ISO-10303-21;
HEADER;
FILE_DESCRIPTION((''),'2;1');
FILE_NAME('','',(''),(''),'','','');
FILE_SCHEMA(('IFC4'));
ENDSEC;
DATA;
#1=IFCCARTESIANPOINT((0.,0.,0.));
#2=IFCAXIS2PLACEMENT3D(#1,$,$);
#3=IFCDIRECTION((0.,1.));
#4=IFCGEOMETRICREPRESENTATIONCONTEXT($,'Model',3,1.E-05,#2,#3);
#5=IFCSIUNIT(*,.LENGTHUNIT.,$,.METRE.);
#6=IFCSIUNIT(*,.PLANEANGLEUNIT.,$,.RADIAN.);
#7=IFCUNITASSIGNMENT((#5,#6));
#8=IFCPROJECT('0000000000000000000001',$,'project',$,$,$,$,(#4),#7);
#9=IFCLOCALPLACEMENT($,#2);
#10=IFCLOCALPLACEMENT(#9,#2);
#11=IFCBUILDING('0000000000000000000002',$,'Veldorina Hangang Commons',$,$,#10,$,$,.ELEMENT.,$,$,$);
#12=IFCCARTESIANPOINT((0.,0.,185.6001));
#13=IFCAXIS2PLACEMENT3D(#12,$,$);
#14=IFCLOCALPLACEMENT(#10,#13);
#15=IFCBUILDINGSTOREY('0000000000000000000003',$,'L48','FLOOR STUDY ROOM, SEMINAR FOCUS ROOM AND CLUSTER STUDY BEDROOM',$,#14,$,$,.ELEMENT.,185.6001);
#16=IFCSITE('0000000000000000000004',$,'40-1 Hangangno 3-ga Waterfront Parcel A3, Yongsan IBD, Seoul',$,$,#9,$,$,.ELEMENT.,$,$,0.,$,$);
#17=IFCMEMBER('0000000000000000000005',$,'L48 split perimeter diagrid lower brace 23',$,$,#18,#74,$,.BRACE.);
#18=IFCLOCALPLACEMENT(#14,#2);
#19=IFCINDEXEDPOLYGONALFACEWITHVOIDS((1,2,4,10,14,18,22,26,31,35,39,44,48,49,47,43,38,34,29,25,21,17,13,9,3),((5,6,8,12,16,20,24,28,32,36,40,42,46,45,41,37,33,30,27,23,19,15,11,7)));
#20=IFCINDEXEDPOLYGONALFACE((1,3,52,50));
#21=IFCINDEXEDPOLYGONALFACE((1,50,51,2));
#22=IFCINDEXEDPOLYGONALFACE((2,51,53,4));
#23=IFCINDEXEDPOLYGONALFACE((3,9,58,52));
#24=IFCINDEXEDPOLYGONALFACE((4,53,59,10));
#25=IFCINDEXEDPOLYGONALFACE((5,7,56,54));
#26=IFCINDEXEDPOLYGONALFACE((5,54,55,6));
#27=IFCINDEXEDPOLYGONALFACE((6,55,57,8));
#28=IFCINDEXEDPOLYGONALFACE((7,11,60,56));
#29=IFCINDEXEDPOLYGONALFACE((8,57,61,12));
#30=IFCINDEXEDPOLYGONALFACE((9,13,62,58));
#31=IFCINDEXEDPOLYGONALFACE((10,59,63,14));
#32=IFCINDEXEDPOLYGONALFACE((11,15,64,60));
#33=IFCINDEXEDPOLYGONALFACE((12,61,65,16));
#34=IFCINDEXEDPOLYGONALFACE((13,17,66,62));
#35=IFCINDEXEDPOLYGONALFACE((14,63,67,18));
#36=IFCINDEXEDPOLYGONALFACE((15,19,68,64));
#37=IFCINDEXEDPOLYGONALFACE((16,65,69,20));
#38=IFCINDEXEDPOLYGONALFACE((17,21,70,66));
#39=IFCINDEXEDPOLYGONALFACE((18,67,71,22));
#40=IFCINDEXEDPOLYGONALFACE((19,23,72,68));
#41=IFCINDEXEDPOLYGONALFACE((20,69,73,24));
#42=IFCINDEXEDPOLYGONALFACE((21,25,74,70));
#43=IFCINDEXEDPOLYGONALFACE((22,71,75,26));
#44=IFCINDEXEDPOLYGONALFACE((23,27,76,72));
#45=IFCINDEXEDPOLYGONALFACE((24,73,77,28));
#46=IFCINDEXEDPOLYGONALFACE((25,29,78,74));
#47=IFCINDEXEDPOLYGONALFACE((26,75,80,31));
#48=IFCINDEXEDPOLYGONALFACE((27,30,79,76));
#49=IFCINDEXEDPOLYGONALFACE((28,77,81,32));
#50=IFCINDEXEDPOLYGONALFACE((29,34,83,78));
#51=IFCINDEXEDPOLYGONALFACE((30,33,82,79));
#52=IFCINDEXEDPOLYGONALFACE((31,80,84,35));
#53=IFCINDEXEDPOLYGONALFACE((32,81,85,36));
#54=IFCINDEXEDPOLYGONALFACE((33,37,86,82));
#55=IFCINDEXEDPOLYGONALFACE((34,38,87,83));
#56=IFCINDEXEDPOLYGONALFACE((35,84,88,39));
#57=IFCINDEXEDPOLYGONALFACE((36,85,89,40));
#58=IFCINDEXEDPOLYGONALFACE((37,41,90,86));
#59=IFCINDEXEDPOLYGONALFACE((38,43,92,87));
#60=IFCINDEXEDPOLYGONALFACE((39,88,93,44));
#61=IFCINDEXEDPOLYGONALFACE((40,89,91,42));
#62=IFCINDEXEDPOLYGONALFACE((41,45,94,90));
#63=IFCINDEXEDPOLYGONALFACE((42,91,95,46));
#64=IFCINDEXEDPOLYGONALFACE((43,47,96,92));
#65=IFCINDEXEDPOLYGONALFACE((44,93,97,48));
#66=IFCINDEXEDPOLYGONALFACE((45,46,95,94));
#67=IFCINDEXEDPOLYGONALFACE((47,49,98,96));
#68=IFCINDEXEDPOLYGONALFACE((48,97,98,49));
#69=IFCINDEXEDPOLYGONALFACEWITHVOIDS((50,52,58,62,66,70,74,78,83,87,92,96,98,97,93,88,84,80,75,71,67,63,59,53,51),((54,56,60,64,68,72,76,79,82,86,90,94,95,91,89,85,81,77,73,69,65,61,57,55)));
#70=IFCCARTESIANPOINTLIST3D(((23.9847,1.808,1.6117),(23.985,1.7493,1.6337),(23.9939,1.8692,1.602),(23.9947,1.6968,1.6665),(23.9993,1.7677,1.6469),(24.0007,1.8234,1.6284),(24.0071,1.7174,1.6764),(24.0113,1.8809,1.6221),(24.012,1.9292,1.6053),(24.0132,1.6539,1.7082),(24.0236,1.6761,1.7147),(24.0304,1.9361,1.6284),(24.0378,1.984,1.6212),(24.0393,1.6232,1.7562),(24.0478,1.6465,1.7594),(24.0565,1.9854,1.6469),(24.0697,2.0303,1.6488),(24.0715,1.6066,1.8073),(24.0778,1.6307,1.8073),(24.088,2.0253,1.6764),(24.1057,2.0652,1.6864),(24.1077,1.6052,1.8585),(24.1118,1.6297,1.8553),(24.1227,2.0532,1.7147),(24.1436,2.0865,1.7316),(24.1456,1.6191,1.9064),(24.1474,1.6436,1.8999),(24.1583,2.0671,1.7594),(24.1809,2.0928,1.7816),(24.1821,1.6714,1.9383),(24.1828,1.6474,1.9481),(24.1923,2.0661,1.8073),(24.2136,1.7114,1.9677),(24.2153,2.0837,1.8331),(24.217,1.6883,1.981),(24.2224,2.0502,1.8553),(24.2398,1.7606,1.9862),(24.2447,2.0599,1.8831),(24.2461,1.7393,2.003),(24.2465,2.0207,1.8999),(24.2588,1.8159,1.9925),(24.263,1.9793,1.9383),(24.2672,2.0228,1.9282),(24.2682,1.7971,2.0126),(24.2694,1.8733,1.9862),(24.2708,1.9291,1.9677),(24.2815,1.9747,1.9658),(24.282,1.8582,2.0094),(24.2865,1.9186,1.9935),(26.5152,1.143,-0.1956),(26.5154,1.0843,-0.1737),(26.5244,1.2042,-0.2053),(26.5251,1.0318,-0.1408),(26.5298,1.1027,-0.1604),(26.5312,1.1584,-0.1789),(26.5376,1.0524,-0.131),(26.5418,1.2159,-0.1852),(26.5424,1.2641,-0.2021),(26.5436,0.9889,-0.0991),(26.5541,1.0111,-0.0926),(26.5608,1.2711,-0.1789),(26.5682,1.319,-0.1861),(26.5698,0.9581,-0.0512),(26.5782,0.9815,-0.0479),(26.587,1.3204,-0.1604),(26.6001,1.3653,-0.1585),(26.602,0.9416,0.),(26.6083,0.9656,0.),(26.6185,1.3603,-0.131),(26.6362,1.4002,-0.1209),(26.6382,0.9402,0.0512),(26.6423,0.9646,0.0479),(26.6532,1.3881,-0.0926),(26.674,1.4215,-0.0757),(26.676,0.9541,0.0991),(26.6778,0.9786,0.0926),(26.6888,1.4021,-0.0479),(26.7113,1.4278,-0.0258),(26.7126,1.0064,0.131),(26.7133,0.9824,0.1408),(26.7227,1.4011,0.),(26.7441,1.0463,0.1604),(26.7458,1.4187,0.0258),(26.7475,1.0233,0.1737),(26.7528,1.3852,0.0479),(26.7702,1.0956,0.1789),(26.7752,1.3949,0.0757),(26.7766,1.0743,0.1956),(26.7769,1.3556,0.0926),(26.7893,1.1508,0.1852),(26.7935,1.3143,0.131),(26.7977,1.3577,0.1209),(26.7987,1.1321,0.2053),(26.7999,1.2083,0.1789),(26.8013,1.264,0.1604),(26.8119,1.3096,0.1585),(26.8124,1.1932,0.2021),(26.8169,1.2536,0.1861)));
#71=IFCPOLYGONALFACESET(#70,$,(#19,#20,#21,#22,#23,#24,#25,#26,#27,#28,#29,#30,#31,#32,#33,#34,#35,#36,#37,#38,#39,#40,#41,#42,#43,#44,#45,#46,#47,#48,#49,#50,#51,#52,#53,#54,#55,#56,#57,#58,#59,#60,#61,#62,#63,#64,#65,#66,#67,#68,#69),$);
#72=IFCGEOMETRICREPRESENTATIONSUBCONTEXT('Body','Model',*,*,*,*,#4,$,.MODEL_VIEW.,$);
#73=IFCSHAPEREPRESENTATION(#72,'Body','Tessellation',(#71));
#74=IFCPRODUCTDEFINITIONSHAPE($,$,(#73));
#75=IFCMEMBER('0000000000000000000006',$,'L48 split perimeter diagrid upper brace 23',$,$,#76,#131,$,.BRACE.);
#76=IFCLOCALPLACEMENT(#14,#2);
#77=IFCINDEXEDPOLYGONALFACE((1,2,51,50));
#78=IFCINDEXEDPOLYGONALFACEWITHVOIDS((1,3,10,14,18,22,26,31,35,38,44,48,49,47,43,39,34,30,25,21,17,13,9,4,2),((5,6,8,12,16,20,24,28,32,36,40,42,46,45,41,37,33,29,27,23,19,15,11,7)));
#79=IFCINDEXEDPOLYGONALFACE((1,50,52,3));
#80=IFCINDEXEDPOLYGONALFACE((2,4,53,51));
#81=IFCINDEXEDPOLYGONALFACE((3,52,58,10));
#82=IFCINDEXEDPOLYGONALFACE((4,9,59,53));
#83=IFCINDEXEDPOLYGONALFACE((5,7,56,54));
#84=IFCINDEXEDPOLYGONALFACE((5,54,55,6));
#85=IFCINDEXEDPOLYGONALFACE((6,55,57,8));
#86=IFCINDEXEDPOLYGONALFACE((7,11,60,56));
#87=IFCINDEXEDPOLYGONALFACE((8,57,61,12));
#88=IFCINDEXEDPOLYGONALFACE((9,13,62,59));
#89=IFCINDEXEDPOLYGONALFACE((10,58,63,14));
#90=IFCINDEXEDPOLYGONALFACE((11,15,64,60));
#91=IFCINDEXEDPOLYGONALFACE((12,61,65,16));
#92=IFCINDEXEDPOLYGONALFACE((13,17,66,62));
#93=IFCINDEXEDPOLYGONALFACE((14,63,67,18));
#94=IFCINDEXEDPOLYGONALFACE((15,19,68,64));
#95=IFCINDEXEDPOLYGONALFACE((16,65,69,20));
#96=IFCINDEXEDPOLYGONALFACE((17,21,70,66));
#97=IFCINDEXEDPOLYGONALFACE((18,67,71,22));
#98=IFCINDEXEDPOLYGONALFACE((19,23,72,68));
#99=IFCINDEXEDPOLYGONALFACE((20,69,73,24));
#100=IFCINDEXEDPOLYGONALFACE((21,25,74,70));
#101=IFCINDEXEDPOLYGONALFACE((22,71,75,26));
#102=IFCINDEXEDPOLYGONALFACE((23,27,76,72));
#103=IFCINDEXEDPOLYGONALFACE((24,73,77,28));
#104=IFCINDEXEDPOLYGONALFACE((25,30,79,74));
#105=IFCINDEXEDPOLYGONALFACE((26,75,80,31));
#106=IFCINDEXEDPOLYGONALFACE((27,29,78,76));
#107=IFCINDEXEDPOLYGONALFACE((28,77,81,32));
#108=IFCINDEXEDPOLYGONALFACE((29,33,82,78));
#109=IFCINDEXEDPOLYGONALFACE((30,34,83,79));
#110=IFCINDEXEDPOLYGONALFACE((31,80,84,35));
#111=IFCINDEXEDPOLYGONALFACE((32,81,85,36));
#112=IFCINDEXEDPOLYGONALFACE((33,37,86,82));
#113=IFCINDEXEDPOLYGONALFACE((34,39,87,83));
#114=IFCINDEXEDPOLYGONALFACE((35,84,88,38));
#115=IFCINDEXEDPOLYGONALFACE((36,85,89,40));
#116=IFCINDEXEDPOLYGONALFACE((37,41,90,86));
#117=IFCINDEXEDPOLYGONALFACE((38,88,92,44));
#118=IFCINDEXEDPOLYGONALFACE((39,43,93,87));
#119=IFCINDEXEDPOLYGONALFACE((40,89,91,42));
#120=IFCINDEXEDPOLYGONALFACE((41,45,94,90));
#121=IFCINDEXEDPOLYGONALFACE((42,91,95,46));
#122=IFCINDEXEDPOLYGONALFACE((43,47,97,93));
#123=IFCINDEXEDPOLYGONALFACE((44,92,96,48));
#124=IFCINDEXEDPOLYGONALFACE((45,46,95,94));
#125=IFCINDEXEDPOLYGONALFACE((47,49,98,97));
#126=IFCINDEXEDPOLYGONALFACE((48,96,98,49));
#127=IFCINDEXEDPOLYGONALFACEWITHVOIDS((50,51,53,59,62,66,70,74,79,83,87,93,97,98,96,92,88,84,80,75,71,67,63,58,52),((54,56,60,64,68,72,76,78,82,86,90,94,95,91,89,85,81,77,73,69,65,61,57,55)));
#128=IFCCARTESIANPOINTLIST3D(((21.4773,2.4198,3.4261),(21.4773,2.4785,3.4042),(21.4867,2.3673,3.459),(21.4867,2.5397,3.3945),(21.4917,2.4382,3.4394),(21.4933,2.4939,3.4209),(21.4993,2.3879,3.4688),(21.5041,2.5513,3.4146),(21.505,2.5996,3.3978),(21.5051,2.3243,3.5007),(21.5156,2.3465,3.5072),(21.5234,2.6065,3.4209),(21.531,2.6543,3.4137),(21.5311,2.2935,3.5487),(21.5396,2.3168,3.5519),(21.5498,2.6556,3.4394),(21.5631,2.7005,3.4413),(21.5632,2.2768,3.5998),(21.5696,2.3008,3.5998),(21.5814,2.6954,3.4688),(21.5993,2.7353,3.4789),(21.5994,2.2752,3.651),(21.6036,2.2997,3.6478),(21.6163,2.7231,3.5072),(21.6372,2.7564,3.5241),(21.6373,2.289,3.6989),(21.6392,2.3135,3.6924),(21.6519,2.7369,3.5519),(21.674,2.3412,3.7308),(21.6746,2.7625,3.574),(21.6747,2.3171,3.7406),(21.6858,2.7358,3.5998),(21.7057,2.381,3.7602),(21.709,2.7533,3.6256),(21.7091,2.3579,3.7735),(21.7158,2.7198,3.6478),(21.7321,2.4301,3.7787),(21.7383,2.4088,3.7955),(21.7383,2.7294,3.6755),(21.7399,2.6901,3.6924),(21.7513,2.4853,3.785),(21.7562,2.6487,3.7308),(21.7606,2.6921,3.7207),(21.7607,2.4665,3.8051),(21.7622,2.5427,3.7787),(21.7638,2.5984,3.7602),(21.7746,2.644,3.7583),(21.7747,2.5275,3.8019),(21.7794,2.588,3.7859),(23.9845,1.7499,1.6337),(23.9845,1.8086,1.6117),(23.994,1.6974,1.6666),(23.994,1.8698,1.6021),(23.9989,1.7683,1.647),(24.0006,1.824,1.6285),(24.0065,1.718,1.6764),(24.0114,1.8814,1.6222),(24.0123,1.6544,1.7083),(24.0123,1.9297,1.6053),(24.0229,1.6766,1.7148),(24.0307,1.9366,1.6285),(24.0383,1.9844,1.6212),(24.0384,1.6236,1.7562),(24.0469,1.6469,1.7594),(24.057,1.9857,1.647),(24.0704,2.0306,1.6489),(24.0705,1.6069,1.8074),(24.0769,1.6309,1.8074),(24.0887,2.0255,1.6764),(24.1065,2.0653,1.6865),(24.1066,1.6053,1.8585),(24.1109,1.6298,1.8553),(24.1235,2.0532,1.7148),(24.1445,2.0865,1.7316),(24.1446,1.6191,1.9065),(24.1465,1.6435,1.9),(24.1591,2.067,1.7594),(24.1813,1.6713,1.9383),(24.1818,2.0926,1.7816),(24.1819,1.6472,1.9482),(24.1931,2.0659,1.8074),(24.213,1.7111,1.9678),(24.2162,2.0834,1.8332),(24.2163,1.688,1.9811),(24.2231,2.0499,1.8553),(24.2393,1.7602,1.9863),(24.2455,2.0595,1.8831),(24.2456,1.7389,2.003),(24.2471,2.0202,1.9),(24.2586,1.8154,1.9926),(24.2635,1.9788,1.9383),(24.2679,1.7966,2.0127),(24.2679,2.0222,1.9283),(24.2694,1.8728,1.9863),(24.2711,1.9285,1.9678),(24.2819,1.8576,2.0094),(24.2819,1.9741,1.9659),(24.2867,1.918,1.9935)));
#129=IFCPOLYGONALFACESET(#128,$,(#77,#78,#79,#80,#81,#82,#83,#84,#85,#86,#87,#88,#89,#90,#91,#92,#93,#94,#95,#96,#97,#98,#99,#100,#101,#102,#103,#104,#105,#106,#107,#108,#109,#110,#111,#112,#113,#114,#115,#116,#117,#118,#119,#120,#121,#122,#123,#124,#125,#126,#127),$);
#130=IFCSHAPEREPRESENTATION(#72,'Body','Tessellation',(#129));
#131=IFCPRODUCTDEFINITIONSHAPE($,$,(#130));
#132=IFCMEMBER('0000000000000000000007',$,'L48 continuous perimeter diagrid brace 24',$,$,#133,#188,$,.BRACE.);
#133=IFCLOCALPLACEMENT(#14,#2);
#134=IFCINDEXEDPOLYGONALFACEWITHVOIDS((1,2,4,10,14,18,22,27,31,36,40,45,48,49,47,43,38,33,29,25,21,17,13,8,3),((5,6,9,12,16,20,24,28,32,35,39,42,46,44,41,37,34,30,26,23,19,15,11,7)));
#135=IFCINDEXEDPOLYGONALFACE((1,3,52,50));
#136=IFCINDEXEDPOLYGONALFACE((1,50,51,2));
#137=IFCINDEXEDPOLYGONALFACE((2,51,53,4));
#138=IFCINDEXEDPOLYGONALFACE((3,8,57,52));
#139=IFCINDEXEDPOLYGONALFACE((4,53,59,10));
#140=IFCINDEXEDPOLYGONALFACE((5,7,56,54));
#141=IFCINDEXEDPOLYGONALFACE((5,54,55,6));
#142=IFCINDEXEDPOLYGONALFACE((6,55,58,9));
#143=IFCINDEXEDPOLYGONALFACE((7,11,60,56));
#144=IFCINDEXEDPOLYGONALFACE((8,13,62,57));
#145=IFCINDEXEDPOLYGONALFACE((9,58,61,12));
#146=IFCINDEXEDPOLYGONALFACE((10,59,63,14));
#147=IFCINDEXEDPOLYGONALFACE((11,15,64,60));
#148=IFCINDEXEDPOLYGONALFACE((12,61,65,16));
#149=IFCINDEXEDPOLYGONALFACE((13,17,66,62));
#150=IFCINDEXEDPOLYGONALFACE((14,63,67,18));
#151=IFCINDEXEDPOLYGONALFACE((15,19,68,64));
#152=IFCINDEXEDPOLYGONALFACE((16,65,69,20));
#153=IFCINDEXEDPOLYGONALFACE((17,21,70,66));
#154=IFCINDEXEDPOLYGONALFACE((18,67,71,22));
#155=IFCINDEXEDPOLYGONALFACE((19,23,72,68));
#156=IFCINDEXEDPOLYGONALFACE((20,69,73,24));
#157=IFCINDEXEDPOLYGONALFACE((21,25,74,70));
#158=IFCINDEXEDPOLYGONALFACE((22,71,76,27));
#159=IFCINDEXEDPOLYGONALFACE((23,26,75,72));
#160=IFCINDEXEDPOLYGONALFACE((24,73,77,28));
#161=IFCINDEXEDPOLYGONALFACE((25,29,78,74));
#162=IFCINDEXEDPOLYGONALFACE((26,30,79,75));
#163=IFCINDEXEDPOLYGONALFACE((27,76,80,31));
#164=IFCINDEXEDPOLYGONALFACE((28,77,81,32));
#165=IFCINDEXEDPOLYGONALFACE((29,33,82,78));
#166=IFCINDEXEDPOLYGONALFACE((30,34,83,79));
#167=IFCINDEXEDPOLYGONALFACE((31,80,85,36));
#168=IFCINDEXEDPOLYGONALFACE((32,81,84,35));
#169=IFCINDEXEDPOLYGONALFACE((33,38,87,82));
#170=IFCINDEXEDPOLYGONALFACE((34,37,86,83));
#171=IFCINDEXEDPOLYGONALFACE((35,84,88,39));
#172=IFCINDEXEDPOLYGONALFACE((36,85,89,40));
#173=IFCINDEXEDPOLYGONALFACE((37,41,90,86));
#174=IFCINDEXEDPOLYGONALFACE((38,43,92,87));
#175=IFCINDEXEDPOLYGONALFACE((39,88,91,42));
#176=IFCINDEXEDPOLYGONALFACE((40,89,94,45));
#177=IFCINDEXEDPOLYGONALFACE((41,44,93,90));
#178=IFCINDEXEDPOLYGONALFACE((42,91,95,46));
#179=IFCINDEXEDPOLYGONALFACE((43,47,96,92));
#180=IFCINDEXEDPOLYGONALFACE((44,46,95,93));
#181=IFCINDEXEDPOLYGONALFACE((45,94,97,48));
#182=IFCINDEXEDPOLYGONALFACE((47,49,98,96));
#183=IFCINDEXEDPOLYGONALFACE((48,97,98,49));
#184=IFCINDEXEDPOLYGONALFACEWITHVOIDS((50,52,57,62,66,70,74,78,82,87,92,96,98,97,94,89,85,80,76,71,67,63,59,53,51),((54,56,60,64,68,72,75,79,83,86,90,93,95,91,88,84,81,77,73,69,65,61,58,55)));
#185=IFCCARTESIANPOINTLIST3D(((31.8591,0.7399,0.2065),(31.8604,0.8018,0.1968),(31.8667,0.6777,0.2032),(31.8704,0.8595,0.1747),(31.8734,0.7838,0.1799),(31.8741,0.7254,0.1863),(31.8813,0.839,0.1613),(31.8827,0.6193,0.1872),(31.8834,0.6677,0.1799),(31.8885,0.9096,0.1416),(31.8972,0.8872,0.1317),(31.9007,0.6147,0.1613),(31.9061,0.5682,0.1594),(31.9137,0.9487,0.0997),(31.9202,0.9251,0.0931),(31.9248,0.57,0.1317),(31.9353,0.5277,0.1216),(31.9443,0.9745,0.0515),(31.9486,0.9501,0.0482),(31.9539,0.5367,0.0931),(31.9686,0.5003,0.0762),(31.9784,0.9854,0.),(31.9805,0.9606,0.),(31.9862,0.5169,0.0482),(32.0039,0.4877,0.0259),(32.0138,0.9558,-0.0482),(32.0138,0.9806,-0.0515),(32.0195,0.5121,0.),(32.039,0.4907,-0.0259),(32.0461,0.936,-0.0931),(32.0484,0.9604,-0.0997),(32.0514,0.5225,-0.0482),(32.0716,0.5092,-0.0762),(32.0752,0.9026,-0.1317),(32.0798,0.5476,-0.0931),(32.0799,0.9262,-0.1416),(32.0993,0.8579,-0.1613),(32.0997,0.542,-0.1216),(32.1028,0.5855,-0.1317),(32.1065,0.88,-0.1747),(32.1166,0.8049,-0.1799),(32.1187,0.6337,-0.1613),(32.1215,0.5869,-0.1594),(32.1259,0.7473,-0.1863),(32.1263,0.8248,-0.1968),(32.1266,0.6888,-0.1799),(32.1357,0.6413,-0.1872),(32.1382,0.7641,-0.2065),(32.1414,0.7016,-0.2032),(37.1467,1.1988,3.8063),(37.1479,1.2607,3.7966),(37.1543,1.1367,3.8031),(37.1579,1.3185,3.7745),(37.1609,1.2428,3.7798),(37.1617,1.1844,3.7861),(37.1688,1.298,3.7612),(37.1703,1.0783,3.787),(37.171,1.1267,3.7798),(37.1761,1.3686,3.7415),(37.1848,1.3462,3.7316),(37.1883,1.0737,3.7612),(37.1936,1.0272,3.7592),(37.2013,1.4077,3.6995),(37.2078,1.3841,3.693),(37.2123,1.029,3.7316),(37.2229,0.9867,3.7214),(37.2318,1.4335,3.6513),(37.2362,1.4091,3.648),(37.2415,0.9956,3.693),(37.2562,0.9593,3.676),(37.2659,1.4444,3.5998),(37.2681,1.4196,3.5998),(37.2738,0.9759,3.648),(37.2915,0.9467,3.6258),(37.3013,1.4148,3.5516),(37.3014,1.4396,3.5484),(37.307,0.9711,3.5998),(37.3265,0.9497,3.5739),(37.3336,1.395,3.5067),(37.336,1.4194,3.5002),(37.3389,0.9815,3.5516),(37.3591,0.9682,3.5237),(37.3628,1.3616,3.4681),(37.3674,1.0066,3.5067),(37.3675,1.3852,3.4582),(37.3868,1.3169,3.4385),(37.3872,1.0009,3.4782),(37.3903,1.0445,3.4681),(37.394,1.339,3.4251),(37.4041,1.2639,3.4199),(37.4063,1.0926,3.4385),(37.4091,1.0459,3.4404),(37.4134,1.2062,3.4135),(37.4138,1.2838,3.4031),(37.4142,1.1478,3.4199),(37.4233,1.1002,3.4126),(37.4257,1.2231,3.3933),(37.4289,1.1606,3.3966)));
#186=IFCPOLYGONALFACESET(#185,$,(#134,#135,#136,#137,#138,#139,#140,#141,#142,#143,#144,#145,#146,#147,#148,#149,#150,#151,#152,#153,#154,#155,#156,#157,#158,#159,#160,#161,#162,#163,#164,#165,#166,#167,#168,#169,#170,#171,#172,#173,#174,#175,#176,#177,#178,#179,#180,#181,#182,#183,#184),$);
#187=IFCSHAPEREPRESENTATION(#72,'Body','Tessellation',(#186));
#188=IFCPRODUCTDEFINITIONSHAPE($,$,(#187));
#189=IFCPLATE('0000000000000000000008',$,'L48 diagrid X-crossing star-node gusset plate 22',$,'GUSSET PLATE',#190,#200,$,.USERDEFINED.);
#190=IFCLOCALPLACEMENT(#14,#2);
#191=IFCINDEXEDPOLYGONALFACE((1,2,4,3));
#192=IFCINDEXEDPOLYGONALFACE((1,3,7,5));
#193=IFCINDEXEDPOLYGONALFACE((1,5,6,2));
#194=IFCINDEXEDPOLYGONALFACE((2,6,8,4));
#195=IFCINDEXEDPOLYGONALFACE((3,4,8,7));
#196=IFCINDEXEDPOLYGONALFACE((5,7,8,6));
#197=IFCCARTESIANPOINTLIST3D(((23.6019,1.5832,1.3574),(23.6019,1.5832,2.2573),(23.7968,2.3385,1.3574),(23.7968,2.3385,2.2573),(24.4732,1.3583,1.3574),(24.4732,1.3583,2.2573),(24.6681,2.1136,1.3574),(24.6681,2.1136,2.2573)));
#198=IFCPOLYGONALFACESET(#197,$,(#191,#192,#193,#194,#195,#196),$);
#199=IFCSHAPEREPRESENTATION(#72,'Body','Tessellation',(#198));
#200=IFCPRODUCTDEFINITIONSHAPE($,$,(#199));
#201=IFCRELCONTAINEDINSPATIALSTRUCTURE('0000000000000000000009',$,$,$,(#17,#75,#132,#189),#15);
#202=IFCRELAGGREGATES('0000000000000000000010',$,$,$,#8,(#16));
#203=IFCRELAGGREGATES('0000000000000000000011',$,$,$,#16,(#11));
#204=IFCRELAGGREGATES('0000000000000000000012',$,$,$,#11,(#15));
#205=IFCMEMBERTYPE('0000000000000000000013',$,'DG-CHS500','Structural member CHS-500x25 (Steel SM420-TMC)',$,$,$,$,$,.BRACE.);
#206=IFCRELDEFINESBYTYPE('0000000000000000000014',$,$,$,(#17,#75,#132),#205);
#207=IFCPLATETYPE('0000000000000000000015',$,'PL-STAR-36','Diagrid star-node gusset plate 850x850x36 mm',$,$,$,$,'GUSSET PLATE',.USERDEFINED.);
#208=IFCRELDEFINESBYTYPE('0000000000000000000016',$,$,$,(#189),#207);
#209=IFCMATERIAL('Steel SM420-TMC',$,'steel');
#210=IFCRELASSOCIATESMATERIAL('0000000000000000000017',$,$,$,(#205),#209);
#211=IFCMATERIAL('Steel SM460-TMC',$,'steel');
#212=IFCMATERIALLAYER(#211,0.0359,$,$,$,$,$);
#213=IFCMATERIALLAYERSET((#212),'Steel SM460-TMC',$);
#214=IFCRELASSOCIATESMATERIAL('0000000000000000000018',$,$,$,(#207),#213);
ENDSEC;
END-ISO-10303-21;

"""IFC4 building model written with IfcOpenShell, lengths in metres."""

from ifc_helpers import new_model, si_unit, direction, frame, origin, origin_2d, place, context, subcontext, project, spatial, rectangle, hollow_circle, extrude, material, layer, layer_set, material_profile, profile_set, type_object, element, save


model = new_model("IFC4")

# Units and contexts
model_context = context("Model", 3, precision=1e-05, world=origin(), true_north=direction((0.0, 1.0)))
body_context = subcontext(model_context, "Body", "Model", "MODEL_VIEW")
ifc_project = project(units=[si_unit("LENGTHUNIT", "METRE"), si_unit("PLANEANGLEUNIT", "RADIAN")], contexts=[model_context])

# Site, building, storey
site_placement = place(None, origin())
site = spatial("IfcSite", under=ifc_project, at=site_placement, Name="40-1 Hangangno 3-ga Waterfront Parcel A3, Yongsan IBD, Seoul", CompositionType="ELEMENT", RefElevation=0.0)
building_placement = place(site_placement, origin())
building = spatial("IfcBuilding", under=site, at=building_placement, Name="Veldorina Hangang Commons", CompositionType="ELEMENT")
storey_placement = place(building_placement, frame((0.0, 0.0, 185.6001)))
storey = spatial("IfcBuildingStorey", under=building, at=storey_placement, Name="L48", Description="FLOOR STUDY ROOM, SEMINAR FOCUS ROOM AND CLUSTER STUDY BEDROOM", CompositionType="ELEMENT", Elevation=185.6001)

# Shared definitions
ifc_material_1 = material(Name="Steel SM420-TMC", Category="steel")

# Members
ifc_material_profile_1 = material_profile(ifc_material_1, hollow_circle(Radius=0.25, WallThickness=0.0249, at=origin_2d()), Name="CHS-500x25")
ifc_profile_set_1 = profile_set([ifc_material_profile_1], Name="Steel SM420-TMC")
member_type_1 = type_object("IfcMemberType", Name="DG-CHS500", Description="Structural member CHS-500x25 (Steel SM420-TMC)", PredefinedType="BRACE", material=ifc_profile_set_1)
member_1_placement = place(storey_placement, frame((26.6655, 1.1833, 0.0), z_axis=(-0.795761, 0.209132, 0.568356), x_axis=(-0.254176, -0.967158, 0.0)))
element("IfcMember", 1, at=member_1_placement, inside=storey, type_object=member_type_1, Name="L48 split perimeter diagrid lower brace 23", PredefinedType="BRACE", context=body_context, shape_type="SweptSolid", body=[
    extrude(hollow_circle(Radius=0.25, WallThickness=0.0249, at=origin_2d()), origin(), (0.0, 0.0, 1.0), 3.1799),
])
member_2_placement = place(storey_placement, frame((24.135, 1.8484, 1.8074), z_axis=(-0.794937, 0.212396, 0.568299), x_axis=(-0.258131, -0.96611, 0.0)))
element("IfcMember", 2, at=member_2_placement, inside=storey, type_object=member_type_1, Name="L48 split perimeter diagrid upper brace 23", PredefinedType="BRACE", context=body_context, shape_type="SweptSolid", body=[
    extrude(hollow_circle(Radius=0.25, WallThickness=0.0249, at=origin_2d()), origin(), (0.0, 0.0, 1.0), 3.1541),
])
member_3_placement = place(storey_placement, frame((32.0, 0.7363, 0.0), z_axis=(0.824495, 0.071569, 0.561325), x_axis=(-0.086479, 0.996254, 0.0)))
element("IfcMember", 3, at=member_3_placement, inside=storey, type_object=member_type_1, Name="L48 continuous perimeter diagrid brace 24", PredefinedType="BRACE", context=body_context, shape_type="SweptSolid", body=[
    extrude(hollow_circle(Radius=0.25, WallThickness=0.0249, at=origin_2d()), origin(), (0.0, 0.0, 1.0), 6.4131),
])

# Plate
ifc_material_2 = material(Name="Steel SM460-TMC", Category="steel")
ifc_layer_1 = layer(ifc_material_2, 0.0359)
ifc_layer_set_1 = layer_set([ifc_layer_1], Name="Steel SM460-TMC")
plate_type = type_object("IfcPlateType", Name="PL-STAR-36", Description="Diagrid star-node gusset plate 850x850x36 mm", ElementType="GUSSET PLATE", PredefinedType="USERDEFINED", material=ifc_layer_set_1)
plate_placement = place(storey_placement, frame((24.135, 1.8484, 1.3574), z_axis=(0.0, 0.0, 1.0), x_axis=(0.968274, -0.24989, 0.0)))
element("IfcPlate", 4, at=plate_placement, inside=storey, type_object=plate_type, Name="L48 diagrid X-crossing star-node gusset plate 22", ObjectType="GUSSET PLATE", PredefinedType="USERDEFINED", context=body_context, shape_type="SweptSolid", body=[
    extrude(rectangle(XDim=0.8999, YDim=0.78, at=origin_2d()), origin(), (0.0, 0.0, 1.0), 0.8999),
])

save(model, "model.ifc")
